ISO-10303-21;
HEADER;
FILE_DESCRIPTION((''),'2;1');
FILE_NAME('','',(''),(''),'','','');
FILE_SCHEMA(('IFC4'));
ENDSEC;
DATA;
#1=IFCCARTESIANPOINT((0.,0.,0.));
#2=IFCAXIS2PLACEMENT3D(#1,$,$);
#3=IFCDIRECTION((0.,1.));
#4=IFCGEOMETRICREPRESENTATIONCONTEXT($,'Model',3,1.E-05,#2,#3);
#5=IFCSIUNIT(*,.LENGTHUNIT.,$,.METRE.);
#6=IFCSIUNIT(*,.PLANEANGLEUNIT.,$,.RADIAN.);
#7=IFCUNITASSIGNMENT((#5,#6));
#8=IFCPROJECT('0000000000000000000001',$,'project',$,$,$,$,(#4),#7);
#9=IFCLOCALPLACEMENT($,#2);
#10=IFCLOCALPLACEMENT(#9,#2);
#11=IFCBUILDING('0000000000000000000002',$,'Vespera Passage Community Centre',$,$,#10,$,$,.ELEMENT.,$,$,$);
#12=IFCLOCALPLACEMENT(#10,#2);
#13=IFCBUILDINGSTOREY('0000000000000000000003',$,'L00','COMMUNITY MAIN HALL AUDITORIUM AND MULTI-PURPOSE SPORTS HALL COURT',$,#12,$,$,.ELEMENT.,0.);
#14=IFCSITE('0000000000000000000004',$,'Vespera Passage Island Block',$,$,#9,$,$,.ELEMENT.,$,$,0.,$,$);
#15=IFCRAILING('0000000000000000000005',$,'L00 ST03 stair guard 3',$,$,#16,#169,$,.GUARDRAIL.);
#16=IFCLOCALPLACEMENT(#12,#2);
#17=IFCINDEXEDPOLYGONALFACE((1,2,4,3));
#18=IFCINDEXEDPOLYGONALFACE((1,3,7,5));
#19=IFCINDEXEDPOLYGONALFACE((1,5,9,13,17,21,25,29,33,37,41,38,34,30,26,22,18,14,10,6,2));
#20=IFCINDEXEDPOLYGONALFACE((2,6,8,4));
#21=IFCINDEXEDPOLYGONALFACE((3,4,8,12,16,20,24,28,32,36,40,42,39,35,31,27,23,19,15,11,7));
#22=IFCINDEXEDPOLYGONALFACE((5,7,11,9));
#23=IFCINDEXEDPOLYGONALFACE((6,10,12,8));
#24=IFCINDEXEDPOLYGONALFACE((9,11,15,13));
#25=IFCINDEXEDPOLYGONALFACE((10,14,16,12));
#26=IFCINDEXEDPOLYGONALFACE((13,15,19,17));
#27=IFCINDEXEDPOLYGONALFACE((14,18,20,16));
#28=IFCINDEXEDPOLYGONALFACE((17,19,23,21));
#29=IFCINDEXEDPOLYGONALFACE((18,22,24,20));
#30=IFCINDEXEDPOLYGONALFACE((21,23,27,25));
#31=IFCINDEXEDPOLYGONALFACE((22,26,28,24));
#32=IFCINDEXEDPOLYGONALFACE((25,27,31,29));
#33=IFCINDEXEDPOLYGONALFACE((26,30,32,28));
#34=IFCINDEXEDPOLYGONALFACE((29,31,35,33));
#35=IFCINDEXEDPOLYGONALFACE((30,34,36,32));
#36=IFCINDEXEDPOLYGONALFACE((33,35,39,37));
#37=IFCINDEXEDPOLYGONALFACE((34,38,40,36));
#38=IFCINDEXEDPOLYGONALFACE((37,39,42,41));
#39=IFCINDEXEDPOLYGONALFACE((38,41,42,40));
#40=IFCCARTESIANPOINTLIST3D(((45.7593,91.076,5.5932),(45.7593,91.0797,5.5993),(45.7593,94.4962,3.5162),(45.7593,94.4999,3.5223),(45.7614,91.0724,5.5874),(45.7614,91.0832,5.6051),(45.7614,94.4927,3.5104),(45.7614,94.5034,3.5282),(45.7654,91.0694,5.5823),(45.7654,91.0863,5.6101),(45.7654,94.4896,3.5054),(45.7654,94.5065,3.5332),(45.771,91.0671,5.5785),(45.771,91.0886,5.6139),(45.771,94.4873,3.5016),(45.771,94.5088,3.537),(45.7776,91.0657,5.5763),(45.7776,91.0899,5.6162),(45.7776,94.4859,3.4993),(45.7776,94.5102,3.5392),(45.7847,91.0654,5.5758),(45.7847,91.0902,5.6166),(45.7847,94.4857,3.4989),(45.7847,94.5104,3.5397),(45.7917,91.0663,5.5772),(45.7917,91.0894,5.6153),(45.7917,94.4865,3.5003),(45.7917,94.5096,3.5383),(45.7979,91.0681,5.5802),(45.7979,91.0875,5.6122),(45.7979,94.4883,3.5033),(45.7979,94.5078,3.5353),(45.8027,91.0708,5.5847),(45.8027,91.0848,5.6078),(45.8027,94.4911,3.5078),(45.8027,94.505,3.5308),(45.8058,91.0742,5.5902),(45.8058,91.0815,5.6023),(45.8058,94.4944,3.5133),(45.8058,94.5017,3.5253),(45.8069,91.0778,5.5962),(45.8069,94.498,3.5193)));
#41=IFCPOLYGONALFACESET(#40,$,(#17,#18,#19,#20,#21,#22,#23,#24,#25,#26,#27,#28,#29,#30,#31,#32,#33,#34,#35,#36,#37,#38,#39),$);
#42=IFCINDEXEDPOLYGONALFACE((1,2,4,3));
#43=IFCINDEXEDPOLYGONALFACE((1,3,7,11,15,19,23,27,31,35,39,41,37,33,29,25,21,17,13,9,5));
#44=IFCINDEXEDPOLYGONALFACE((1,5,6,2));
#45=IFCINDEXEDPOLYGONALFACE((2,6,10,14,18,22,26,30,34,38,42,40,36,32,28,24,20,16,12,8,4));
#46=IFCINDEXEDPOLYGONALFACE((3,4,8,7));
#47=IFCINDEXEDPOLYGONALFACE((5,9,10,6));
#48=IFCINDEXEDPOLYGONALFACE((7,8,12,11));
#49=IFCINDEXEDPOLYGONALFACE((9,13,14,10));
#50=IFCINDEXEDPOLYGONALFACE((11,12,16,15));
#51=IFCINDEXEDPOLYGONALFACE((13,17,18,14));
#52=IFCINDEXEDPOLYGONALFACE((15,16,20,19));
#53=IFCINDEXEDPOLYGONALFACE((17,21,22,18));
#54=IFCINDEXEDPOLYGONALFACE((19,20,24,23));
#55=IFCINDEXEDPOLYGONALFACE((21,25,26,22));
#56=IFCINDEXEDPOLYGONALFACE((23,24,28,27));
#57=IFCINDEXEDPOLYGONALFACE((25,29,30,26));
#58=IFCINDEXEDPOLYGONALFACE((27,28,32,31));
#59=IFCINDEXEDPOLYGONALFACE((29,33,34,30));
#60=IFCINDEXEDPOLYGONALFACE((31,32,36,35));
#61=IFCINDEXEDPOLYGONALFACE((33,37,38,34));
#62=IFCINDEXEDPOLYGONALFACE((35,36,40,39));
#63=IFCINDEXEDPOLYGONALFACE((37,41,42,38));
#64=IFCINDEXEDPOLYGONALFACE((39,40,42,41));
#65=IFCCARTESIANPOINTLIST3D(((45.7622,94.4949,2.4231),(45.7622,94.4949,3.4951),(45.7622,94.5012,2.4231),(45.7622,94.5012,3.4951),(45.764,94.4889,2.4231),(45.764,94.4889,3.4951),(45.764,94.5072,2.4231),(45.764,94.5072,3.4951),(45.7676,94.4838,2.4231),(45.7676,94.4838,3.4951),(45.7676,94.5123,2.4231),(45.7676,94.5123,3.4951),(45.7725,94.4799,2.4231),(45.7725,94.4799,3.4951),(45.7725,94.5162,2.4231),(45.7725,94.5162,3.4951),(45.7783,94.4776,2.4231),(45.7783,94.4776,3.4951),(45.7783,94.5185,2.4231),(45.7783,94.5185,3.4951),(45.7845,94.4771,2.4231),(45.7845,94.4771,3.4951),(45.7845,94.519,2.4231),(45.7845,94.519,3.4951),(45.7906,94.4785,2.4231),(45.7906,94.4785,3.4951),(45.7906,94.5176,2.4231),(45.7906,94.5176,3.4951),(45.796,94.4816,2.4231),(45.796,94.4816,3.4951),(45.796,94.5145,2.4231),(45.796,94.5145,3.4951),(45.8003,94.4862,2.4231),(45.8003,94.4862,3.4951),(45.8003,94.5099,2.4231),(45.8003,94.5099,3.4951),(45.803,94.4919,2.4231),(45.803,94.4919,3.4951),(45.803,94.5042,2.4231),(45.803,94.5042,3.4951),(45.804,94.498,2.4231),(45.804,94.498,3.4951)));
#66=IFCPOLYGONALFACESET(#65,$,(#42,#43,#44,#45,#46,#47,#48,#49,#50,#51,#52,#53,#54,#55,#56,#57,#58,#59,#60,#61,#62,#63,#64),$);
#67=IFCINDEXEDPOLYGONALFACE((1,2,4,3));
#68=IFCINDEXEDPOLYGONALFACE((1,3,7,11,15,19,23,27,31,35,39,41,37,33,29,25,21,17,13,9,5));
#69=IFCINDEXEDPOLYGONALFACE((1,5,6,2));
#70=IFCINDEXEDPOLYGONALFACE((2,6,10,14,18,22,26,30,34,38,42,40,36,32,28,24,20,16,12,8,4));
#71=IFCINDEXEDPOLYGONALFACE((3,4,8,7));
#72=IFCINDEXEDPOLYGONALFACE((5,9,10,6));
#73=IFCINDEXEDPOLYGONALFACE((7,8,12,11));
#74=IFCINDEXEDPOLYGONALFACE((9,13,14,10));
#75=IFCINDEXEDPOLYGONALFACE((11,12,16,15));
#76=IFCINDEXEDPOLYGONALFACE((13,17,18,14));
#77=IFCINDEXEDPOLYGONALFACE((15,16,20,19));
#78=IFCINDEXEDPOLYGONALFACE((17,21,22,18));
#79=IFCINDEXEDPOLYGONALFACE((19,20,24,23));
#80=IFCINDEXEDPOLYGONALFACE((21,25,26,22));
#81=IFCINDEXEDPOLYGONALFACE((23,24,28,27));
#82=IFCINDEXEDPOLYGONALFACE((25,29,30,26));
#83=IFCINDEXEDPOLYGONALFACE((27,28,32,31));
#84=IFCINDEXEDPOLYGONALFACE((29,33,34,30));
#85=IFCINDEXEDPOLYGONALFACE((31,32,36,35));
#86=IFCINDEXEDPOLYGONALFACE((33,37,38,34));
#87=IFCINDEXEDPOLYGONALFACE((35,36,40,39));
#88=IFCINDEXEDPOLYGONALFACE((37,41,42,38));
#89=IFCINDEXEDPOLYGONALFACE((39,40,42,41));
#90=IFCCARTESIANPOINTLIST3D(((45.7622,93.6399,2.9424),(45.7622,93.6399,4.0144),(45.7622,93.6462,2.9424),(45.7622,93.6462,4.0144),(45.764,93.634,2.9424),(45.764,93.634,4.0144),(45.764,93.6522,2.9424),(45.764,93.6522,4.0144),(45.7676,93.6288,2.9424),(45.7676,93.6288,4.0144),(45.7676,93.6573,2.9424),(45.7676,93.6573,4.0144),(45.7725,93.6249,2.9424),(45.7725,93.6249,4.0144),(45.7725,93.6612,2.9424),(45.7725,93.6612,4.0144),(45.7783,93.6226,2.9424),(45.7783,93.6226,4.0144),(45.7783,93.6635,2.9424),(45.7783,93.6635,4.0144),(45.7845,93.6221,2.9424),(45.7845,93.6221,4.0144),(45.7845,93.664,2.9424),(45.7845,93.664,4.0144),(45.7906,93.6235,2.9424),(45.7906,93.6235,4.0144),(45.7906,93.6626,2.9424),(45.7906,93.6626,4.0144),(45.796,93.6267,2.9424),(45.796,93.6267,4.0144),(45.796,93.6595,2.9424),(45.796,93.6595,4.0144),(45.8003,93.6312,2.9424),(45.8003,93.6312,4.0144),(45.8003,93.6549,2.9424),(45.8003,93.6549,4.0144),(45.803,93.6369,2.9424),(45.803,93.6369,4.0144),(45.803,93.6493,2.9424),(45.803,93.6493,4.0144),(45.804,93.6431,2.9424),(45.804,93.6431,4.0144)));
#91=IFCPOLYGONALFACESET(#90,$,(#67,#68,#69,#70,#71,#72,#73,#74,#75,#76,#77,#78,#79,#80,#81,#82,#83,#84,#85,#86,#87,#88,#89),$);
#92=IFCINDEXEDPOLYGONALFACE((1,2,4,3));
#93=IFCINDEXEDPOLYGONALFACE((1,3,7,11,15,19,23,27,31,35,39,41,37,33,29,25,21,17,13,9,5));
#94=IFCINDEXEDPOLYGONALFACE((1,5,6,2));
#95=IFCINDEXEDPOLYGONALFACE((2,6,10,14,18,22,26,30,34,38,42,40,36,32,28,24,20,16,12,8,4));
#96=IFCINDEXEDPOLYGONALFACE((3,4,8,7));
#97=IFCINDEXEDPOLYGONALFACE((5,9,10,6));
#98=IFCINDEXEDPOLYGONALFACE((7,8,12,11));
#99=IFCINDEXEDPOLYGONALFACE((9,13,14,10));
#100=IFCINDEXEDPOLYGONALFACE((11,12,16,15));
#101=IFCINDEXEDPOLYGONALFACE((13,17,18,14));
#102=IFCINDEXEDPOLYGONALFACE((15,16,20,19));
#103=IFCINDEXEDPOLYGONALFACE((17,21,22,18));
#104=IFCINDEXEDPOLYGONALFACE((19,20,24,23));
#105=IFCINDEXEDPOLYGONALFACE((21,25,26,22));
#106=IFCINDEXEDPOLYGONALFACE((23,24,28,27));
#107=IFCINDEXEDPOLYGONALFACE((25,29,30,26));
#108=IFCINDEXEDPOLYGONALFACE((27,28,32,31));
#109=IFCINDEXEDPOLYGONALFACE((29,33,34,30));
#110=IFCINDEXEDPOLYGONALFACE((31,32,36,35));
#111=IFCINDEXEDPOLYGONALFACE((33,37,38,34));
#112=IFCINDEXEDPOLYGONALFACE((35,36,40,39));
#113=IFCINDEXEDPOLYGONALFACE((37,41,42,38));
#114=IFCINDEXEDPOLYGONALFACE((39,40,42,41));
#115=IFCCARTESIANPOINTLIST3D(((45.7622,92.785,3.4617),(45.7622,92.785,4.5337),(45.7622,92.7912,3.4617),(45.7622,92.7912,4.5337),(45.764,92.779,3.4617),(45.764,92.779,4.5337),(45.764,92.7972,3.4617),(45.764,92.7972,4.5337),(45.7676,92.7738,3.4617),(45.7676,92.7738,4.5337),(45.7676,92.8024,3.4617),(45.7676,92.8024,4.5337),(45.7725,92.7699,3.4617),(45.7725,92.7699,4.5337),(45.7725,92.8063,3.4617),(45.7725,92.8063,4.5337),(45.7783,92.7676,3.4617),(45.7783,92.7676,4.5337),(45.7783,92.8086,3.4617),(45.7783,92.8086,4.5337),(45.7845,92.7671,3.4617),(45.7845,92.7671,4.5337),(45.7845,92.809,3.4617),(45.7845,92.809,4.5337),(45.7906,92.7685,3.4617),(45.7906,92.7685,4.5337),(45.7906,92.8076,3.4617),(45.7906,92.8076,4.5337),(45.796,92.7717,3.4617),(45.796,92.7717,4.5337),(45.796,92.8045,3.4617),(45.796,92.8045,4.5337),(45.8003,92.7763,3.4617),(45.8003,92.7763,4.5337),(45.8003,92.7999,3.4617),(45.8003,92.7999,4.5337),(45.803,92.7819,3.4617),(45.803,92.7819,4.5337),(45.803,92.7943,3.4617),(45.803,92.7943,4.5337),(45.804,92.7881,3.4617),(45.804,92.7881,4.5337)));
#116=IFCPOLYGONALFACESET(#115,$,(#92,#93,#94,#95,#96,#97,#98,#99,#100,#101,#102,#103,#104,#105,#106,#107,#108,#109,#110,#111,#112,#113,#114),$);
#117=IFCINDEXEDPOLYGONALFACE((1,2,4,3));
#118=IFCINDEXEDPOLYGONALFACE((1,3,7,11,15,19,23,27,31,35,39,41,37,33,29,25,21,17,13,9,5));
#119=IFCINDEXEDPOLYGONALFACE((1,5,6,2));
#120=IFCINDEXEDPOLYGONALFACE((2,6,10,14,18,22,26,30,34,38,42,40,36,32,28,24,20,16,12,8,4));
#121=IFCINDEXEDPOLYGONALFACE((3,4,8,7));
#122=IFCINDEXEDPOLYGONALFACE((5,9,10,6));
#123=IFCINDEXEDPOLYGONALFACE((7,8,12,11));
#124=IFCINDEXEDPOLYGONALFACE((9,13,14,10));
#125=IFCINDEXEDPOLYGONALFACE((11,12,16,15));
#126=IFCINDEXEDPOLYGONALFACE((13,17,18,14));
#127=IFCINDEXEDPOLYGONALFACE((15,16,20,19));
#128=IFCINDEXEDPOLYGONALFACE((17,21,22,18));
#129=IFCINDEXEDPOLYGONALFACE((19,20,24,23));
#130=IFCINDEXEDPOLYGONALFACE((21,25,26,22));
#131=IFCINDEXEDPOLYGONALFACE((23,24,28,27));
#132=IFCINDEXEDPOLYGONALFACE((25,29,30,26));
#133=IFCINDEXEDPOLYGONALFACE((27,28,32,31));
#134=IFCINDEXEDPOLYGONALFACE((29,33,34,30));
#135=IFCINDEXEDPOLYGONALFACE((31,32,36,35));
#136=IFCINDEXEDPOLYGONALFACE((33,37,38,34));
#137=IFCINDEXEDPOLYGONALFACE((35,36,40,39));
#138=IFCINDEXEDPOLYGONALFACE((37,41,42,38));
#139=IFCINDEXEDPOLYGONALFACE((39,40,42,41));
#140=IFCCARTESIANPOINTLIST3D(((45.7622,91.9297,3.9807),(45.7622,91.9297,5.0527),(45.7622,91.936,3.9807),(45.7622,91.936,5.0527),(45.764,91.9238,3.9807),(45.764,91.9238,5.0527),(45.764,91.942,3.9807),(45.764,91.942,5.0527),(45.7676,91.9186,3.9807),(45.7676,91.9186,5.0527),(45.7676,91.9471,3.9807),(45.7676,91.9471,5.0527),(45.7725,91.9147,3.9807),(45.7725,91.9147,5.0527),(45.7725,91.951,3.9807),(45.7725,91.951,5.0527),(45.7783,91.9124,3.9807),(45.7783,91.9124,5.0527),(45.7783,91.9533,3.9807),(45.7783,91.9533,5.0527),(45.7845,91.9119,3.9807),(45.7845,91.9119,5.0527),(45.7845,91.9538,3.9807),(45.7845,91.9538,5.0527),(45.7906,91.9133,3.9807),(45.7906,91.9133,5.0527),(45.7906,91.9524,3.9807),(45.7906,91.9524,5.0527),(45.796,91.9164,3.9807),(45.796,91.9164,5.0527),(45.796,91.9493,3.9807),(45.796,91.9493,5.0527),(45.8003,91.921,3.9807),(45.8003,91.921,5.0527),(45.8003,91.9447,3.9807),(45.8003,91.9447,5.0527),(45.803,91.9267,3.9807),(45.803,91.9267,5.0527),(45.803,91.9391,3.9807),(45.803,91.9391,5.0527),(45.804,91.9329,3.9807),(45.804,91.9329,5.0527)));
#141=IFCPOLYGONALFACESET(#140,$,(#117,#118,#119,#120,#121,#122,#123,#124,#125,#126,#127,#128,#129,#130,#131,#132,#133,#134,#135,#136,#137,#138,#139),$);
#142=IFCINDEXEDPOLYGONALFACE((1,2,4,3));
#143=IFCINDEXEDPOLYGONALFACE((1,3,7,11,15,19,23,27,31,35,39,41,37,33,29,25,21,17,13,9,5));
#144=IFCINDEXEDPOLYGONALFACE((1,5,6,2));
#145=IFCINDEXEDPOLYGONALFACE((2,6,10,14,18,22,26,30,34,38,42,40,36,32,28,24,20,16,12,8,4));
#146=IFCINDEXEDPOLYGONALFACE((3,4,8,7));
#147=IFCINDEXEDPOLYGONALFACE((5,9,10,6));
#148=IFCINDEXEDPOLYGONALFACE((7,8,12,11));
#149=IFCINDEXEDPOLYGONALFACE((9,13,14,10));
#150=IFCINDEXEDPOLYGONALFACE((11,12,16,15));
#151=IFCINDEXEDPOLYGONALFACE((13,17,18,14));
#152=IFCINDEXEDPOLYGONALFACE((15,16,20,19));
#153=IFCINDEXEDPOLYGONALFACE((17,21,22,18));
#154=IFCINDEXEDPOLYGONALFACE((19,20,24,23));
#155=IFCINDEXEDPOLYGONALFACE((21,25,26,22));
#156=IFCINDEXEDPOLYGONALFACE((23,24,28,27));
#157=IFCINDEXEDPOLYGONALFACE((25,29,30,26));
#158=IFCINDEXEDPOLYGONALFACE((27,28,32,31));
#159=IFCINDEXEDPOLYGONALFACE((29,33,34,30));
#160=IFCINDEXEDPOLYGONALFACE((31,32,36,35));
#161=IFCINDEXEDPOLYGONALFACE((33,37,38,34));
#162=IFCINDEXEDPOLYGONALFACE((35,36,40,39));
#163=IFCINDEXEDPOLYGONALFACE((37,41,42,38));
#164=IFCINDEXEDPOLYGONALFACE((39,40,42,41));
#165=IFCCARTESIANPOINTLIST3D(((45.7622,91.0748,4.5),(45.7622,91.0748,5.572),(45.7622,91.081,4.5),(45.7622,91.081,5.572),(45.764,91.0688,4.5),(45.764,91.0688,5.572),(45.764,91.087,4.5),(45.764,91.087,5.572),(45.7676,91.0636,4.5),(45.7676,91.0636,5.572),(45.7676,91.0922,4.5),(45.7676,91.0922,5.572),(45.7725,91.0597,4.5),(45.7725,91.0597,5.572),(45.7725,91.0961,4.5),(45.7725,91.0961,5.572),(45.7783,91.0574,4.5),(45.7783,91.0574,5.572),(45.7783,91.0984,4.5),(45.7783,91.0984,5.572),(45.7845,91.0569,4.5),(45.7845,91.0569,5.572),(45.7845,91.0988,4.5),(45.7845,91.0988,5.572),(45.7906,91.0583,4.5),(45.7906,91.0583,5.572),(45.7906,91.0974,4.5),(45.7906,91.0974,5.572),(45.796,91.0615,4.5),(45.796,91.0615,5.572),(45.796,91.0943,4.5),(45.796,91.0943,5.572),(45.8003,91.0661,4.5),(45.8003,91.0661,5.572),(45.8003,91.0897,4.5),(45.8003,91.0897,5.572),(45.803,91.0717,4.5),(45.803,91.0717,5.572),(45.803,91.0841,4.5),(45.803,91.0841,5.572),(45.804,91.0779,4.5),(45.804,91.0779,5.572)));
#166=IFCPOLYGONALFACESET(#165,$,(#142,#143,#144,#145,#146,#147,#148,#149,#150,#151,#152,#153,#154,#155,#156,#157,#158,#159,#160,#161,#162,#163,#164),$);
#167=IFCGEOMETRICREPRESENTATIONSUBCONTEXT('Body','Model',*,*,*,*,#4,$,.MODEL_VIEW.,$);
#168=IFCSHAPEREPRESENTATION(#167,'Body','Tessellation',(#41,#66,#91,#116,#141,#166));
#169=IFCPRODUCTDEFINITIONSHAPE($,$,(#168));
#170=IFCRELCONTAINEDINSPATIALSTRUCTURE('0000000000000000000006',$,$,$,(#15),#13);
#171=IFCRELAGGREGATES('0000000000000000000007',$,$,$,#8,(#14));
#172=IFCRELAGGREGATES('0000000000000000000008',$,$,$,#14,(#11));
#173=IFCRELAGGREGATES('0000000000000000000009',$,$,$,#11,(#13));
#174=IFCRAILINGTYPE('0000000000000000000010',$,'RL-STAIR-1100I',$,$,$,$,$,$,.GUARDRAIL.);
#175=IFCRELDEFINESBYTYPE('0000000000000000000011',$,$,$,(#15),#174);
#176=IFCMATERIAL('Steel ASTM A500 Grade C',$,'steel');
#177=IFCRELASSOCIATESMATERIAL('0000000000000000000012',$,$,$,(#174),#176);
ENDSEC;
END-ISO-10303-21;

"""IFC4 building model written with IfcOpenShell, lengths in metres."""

from ifc_helpers import new_model, si_unit, direction, frame, origin, origin_2d, place, context, subcontext, project, spatial, circle, extrude, material, type_object, element, save


model = new_model("IFC4")

# Units and contexts
model_context = context("Model", 3, precision=1e-05, world=origin(), true_north=direction((0.0, 1.0)))
body_context = subcontext(model_context, "Body", "Model", "MODEL_VIEW")
ifc_project = project(units=[si_unit("LENGTHUNIT", "METRE"), si_unit("PLANEANGLEUNIT", "RADIAN")], contexts=[model_context])

# Site, building, storey
site_placement = place(None, origin())
site = spatial("IfcSite", under=ifc_project, at=site_placement, Name="Vespera Passage Island Block", CompositionType="ELEMENT", RefElevation=0.0)
building_placement = place(site_placement, origin())
building = spatial("IfcBuilding", under=site, at=building_placement, Name="Vespera Passage Community Centre", CompositionType="ELEMENT")
storey_placement = place(building_placement, origin())
storey = spatial("IfcBuildingStorey", under=building, at=storey_placement, Name="L00", Description="COMMUNITY MAIN HALL AUDITORIUM AND MULTI-PURPOSE SPORTS HALL COURT", CompositionType="ELEMENT", Elevation=0.0)

# Railing
ifc_material_1 = material(Name="Steel ASTM A500 Grade C", Category="steel")
railing_type_1 = type_object("IfcRailingType", Name="RL-STAIR-1100I", PredefinedType="GUARDRAIL", material=ifc_material_1)
railing_1_placement = place(storey_placement, frame((45.783, 94.498, 2.4231)))
element("IfcRailing", 1, at=railing_1_placement, inside=storey, type_object=railing_type_1, Name="L00 ST03 stair guard 3", PredefinedType="GUARDRAIL", context=body_context, shape_type="SweptSolid", body=[
    extrude(circle(Radius=0.0239, at=origin_2d()), frame((0.0, 0.0, 1.0962), z_axis=(0.0, -0.854746, 0.519047), x_axis=(1.0, 0.0, 0.0)), (0.0, 0.0, 1.0), 4.0015),
    extrude(circle(Radius=0.021, at=origin_2d()), origin(), (0.0, 0.0, 1.0), 1.072),
    extrude(circle(Radius=0.021, at=origin_2d()), frame((0.0, -0.855, 0.5193)), (0.0, 0.0, 1.0), 1.072),
    extrude(circle(Radius=0.021, at=origin_2d()), frame((0.0, -1.71, 1.0386)), (0.0, 0.0, 1.0), 1.072),
    extrude(circle(Radius=0.021, at=origin_2d()), frame((0.0, -2.5652, 1.5576)), (0.0, 0.0, 1.0), 1.072),
    extrude(circle(Radius=0.021, at=origin_2d()), frame((0.0, -3.4202, 2.0769)), (0.0, 0.0, 1.0), 1.072),
])

save(model, "model.ifc")
